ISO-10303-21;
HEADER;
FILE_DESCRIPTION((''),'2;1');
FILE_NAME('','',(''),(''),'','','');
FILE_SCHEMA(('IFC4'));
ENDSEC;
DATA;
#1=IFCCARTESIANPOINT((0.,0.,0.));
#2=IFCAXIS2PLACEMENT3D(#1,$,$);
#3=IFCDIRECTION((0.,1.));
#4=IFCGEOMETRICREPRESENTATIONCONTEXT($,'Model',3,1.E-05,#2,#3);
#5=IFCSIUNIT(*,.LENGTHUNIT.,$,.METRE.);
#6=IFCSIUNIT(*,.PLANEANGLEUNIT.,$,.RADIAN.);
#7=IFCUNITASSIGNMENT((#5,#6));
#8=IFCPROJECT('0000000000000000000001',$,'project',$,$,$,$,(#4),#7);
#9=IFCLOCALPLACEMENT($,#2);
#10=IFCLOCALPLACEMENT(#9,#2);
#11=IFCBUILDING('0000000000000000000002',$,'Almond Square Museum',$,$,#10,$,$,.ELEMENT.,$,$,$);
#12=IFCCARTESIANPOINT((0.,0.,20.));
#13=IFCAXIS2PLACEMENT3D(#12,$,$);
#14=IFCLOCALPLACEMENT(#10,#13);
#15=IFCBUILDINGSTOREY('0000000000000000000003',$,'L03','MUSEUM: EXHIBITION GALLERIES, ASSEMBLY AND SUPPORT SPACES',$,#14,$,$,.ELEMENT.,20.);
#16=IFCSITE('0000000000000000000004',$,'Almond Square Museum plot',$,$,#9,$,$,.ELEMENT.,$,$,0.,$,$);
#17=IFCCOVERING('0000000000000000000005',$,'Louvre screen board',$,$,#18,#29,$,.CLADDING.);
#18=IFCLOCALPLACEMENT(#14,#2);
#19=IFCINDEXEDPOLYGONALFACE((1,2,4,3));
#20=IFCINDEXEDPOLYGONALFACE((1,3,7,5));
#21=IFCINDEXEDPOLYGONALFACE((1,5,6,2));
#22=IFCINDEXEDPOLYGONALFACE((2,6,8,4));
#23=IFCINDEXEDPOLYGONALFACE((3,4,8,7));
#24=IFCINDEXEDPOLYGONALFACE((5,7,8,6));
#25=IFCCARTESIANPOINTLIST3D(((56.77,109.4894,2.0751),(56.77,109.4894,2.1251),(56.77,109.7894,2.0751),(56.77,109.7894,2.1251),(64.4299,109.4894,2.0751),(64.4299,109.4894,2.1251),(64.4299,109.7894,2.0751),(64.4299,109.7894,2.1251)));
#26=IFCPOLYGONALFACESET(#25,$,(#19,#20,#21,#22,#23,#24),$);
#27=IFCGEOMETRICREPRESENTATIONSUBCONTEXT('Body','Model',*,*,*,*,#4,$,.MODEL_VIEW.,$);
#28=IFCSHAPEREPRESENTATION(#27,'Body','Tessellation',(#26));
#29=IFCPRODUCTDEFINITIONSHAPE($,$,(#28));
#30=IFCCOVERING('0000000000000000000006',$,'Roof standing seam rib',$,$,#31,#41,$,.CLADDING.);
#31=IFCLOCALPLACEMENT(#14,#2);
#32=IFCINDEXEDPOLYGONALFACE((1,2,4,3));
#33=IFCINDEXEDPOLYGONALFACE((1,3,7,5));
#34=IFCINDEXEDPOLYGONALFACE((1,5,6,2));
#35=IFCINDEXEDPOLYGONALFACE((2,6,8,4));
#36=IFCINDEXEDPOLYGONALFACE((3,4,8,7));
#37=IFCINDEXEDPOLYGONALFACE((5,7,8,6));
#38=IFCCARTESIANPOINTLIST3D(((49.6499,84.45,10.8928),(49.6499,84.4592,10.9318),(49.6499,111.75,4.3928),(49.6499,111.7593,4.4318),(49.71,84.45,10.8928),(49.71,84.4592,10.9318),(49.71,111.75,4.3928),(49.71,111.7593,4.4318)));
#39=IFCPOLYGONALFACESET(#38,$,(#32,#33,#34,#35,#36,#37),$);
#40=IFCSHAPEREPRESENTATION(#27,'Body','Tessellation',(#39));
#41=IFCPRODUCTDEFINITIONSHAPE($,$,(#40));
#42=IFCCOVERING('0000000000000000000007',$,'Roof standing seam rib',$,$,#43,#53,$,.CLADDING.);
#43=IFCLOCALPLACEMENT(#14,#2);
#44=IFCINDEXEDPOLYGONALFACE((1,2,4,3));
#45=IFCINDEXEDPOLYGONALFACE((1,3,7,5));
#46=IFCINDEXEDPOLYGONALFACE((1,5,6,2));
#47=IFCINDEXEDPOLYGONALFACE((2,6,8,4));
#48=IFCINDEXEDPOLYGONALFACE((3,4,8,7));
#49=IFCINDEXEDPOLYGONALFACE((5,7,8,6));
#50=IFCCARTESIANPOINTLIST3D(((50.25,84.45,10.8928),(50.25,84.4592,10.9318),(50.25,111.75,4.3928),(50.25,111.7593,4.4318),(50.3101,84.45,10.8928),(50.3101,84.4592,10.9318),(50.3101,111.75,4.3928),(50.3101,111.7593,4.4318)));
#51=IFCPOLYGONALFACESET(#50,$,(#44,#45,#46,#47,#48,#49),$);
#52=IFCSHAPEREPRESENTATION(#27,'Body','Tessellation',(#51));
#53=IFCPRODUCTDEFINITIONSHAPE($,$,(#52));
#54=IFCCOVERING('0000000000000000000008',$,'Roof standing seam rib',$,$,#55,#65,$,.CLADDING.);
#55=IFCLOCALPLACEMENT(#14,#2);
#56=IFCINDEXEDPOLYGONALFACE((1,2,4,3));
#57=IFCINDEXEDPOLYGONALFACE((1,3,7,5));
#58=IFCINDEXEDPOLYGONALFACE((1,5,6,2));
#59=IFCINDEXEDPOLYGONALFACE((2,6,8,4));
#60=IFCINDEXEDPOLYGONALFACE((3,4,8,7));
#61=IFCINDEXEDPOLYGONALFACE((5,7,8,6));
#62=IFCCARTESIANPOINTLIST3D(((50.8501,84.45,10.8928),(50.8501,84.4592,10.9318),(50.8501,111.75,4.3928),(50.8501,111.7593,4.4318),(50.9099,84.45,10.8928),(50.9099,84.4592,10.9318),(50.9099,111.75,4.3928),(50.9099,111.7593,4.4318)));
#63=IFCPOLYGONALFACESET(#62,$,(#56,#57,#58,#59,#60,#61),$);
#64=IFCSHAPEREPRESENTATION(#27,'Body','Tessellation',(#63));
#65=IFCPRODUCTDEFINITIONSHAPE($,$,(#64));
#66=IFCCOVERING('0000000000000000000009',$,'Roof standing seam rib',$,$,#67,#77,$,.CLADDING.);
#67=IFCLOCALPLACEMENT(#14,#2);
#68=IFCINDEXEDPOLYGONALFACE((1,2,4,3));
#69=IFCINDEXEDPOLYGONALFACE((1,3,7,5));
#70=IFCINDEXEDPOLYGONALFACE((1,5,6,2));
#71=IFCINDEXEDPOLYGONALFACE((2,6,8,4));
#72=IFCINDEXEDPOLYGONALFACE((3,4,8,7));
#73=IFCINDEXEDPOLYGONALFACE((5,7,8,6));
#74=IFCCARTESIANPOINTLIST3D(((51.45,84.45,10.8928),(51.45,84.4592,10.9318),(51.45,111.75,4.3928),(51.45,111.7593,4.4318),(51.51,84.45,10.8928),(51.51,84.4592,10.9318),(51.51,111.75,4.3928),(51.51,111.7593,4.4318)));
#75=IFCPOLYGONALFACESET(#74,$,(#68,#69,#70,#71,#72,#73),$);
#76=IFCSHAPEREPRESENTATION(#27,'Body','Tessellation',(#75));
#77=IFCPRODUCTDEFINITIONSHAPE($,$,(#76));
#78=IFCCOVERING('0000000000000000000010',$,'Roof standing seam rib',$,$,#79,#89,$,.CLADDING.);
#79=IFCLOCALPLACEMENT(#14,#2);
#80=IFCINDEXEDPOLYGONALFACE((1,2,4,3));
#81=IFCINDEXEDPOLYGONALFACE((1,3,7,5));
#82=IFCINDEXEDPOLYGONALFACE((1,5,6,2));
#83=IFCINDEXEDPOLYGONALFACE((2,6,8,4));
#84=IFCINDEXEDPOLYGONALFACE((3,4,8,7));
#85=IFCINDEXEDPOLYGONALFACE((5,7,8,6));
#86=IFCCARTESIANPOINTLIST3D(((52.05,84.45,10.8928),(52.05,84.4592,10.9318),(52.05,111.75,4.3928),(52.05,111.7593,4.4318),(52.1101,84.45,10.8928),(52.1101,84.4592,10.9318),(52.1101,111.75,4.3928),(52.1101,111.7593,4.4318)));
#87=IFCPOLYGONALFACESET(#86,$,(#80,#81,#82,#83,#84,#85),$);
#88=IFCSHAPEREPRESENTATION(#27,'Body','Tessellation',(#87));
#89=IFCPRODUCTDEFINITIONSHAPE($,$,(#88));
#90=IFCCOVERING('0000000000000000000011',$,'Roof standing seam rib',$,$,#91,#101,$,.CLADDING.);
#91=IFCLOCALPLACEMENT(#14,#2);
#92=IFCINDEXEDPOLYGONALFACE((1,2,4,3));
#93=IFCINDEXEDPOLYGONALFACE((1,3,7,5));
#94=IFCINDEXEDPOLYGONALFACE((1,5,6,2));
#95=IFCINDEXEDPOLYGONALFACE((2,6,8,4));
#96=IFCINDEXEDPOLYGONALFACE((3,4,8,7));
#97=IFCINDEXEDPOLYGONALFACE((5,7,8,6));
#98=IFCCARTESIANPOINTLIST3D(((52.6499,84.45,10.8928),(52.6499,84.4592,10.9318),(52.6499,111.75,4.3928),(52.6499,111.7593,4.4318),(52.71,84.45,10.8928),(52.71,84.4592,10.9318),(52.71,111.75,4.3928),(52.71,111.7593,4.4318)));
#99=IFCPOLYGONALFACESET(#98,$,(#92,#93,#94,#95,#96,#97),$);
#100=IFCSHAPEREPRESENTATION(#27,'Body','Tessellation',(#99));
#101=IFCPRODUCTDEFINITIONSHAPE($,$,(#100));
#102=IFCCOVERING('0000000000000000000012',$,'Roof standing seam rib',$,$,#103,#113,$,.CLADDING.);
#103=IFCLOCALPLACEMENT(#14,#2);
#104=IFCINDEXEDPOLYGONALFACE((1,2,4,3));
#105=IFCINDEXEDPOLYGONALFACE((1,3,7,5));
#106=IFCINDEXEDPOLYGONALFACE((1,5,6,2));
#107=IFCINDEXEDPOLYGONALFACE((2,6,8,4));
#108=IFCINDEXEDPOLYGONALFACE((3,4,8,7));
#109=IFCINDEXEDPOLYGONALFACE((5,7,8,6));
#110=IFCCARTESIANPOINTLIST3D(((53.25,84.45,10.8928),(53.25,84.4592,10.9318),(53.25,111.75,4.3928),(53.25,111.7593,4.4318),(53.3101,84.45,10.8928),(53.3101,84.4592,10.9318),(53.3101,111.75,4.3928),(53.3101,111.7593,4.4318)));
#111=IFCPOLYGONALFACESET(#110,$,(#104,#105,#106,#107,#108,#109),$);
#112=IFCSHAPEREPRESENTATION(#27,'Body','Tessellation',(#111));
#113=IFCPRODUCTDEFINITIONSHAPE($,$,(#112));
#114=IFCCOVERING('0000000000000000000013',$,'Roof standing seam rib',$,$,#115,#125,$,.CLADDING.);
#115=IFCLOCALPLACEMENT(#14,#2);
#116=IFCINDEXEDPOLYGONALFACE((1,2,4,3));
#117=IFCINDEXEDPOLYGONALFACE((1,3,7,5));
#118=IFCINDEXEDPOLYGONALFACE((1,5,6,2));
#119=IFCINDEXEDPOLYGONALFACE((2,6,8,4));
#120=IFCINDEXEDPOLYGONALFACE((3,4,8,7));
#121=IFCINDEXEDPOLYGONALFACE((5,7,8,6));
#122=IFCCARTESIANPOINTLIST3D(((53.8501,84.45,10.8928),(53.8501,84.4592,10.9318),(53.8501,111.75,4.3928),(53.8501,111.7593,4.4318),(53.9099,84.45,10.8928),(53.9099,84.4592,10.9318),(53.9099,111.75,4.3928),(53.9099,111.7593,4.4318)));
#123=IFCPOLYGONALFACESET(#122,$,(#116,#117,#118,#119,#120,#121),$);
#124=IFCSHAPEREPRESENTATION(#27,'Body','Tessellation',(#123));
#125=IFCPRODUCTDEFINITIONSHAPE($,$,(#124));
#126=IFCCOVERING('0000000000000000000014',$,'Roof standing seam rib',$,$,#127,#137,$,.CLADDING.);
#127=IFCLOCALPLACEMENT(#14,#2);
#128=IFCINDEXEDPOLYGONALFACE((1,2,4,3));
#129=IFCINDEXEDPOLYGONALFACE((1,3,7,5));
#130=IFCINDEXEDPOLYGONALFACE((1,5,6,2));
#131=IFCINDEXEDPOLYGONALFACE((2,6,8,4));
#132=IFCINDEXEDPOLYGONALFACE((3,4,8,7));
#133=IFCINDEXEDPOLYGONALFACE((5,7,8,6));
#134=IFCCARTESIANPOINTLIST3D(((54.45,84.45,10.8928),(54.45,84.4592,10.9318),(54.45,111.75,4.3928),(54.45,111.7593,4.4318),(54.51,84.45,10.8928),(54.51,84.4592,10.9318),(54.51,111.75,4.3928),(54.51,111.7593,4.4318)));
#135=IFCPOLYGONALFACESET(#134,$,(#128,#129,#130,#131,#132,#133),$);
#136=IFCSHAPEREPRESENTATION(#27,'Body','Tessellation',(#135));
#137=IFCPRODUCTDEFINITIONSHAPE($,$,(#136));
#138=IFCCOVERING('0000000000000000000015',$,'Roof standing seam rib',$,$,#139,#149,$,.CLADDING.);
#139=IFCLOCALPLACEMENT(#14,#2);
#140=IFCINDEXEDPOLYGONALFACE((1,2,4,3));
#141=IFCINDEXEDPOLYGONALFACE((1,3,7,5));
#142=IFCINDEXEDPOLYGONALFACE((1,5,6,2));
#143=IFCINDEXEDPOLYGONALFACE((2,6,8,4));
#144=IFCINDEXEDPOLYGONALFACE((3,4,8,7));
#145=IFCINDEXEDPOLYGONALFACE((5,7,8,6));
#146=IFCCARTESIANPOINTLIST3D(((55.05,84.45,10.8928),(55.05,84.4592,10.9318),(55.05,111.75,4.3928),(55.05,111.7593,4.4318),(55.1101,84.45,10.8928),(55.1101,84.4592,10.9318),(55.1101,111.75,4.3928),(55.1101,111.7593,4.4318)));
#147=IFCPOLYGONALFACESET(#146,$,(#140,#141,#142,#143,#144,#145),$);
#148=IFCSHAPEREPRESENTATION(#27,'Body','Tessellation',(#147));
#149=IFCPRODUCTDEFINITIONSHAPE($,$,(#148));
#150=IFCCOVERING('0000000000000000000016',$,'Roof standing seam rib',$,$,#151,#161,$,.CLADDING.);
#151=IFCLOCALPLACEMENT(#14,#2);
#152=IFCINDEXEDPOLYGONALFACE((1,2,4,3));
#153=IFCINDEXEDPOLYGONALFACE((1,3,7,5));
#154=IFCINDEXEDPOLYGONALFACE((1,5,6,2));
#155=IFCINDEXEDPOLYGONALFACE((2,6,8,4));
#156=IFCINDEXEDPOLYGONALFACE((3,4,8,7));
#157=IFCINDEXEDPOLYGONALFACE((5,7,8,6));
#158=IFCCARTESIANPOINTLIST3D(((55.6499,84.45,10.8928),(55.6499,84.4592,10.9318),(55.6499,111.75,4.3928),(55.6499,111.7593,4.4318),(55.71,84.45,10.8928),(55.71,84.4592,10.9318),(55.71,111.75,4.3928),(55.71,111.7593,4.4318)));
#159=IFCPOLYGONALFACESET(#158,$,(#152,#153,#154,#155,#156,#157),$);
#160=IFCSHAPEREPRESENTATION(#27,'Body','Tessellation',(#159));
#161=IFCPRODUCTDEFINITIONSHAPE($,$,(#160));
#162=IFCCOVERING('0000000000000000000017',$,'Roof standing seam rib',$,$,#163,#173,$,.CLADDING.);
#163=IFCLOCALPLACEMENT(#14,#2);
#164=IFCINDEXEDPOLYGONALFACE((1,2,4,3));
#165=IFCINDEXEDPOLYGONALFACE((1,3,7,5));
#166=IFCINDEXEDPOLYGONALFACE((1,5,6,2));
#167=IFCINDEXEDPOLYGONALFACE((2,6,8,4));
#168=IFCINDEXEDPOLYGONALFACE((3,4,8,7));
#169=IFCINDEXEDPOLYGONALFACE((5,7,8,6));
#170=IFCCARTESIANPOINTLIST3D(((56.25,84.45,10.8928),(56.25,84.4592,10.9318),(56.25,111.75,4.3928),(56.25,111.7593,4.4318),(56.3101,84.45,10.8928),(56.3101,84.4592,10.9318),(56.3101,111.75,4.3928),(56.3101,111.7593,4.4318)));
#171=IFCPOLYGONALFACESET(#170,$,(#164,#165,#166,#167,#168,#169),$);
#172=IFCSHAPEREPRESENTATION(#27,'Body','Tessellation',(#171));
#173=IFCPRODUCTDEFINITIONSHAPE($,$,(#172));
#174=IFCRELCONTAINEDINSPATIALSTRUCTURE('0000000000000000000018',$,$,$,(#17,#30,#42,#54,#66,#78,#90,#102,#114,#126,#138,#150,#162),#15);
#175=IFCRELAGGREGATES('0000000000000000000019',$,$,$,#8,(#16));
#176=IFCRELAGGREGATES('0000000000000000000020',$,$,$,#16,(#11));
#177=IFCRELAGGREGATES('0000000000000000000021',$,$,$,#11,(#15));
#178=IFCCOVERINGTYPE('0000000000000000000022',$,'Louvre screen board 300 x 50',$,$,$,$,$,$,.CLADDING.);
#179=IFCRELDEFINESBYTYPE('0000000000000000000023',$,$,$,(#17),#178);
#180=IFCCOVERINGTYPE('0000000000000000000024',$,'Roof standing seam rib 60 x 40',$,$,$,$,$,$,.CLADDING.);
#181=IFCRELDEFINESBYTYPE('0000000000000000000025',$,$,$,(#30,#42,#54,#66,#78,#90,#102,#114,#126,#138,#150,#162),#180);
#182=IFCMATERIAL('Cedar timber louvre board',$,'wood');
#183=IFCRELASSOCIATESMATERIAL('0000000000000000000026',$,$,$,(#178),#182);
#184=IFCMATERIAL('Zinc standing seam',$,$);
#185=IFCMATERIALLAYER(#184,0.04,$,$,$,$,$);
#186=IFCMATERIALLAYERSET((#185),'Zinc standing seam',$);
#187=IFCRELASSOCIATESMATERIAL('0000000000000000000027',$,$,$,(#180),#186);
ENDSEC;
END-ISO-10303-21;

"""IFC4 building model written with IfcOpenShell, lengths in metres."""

from ifc_helpers import new_model, si_unit, direction, frame, origin, origin_2d, place, context, subcontext, project, spatial, polyline, rectangle, outline, extrude, material, layer, layer_set, material_profile, profile_set, type_object, element, save


model = new_model("IFC4")

# Units and contexts
model_context = context("Model", 3, precision=1e-05, world=origin(), true_north=direction((0.0, 1.0)))
body_context = subcontext(model_context, "Body", "Model", "MODEL_VIEW")
ifc_project = project(units=[si_unit("LENGTHUNIT", "METRE"), si_unit("PLANEANGLEUNIT", "RADIAN")], contexts=[model_context])

# Site, building, storey
site_placement = place(None, origin())
site = spatial("IfcSite", under=ifc_project, at=site_placement, Name="Almond Square Museum plot", CompositionType="ELEMENT", RefElevation=0.0)
building_placement = place(site_placement, origin())
building = spatial("IfcBuilding", under=site, at=building_placement, Name="Almond Square Museum", CompositionType="ELEMENT")
storey_placement = place(building_placement, frame((0.0, 0.0, 20.0)))
storey = spatial("IfcBuildingStorey", under=building, at=storey_placement, Name="L03", Description="MUSEUM: EXHIBITION GALLERIES, ASSEMBLY AND SUPPORT SPACES", CompositionType="ELEMENT", Elevation=20.0)

# Coverings
ifc_material_1 = material(Name="Cedar timber louvre board", Category="wood")
ifc_material_profile_1 = material_profile(ifc_material_1, rectangle(XDim=0.3, YDim=0.05, at=origin_2d()))
ifc_profile_set_1 = profile_set([ifc_material_profile_1], Name="Cedar timber louvre board")
covering_type_1 = type_object("IfcCoveringType", Name="Louvre screen board 300 x 50", PredefinedType="CLADDING", material=ifc_profile_set_1)
for number, where, z_axis, x_axis, name in (
    (1, (56.77, 109.6394, 2.1001), (1.0, 0.0, 0.0), (0.0, 1.0, 0.0), "Louvre screen board"),
):
    element("IfcCovering", number, at=place(storey_placement, frame(where, z_axis=z_axis, x_axis=x_axis)), inside=storey, type_object=covering_type_1, Name=name, PredefinedType="CLADDING", context=body_context, shape_type="SweptSolid", body=[
        extrude(rectangle(XDim=0.3, YDim=0.05, at=origin_2d()), origin(), (0.0, 0.0, 1.0), 7.6599),
    ])
ifc_material_2 = material(Name="Zinc standing seam")
ifc_layer = layer(ifc_material_2, 0.04)
ifc_layer_set = layer_set([ifc_layer], Name="Zinc standing seam")
covering_type_2 = type_object("IfcCoveringType", Name="Roof standing seam rib 60 x 40", PredefinedType="CLADDING", material=ifc_layer_set)
for number, where, z_axis, x_axis, name in (
    (2, (49.71, 111.75, 4.3928), (0.0, 0.23162, 0.972806), (-1.0, 0.0, 0.0), "Roof standing seam rib"),
    (3, (50.3101, 111.75, 4.3928), (0.0, 0.23162, 0.972806), (-1.0, 0.0, 0.0), "Roof standing seam rib"),
):
    element("IfcCovering", number, at=place(storey_placement, frame(where, z_axis=z_axis, x_axis=x_axis)), inside=storey, type_object=covering_type_2, Name=name, PredefinedType="CLADDING", context=body_context, shape_type="SweptSolid", body=[
        extrude(outline(polyline([(0.0, 0.0), (0.0601, 0.0), (0.0601, 28.0632), (0.0, 28.0632), (0.0, 0.0)])), origin(), (0.0, 0.0, 1.0), 0.04),
    ])
covering_1_placement = place(storey_placement, frame((50.9099, 111.75, 4.3928), z_axis=(0.0, 0.23162, 0.972806), x_axis=(-1.0, 0.0, 0.0)))
element("IfcCovering", 4, at=covering_1_placement, inside=storey, type_object=covering_type_2, Name="Roof standing seam rib", PredefinedType="CLADDING", context=body_context, shape_type="SweptSolid", body=[
    extrude(outline(polyline([(0.0, 0.0), (0.0598, 0.0), (0.0598, 28.0632), (0.0, 28.0632), (0.0, 0.0)])), origin(), (0.0, 0.0, 1.0), 0.04),
])
for number, where, z_axis, x_axis, name in (
    (5, (51.51, 111.75, 4.3928), (0.0, 0.23162, 0.972806), (-1.0, 0.0, 0.0), "Roof standing seam rib"),
    (6, (52.1101, 111.75, 4.3928), (0.0, 0.23162, 0.972806), (-1.0, 0.0, 0.0), "Roof standing seam rib"),
    (7, (52.71, 111.75, 4.3928), (0.0, 0.23162, 0.972806), (-1.0, 0.0, 0.0), "Roof standing seam rib"),
    (8, (53.3101, 111.75, 4.3928), (0.0, 0.23162, 0.972806), (-1.0, 0.0, 0.0), "Roof standing seam rib"),
):
    element("IfcCovering", number, at=place(storey_placement, frame(where, z_axis=z_axis, x_axis=x_axis)), inside=storey, type_object=covering_type_2, Name=name, PredefinedType="CLADDING", context=body_context, shape_type="SweptSolid", body=[
        extrude(outline(polyline([(0.0, 0.0), (0.0601, 0.0), (0.0601, 28.0632), (0.0, 28.0632), (0.0, 0.0)])), origin(), (0.0, 0.0, 1.0), 0.04),
    ])
covering_2_placement = place(storey_placement, frame((53.9099, 111.75, 4.3928), z_axis=(0.0, 0.23162, 0.972806), x_axis=(-1.0, 0.0, 0.0)))
element("IfcCovering", 9, at=covering_2_placement, inside=storey, type_object=covering_type_2, Name="Roof standing seam rib", PredefinedType="CLADDING", context=body_context, shape_type="SweptSolid", body=[
    extrude(outline(polyline([(0.0, 0.0), (0.0598, 0.0), (0.0598, 28.0632), (0.0, 28.0632), (0.0, 0.0)])), origin(), (0.0, 0.0, 1.0), 0.04),
])
for number, where, z_axis, x_axis, name in (
    (10, (54.51, 111.75, 4.3928), (0.0, 0.23162, 0.972806), (-1.0, 0.0, 0.0), "Roof standing seam rib"),
    (11, (55.1101, 111.75, 4.3928), (0.0, 0.23162, 0.972806), (-1.0, 0.0, 0.0), "Roof standing seam rib"),
    (12, (55.71, 111.75, 4.3928), (0.0, 0.23162, 0.972806), (-1.0, 0.0, 0.0), "Roof standing seam rib"),
    (13, (56.3101, 111.75, 4.3928), (0.0, 0.23162, 0.972806), (-1.0, 0.0, 0.0), "Roof standing seam rib"),
):
    element("IfcCovering", number, at=place(storey_placement, frame(where, z_axis=z_axis, x_axis=x_axis)), inside=storey, type_object=covering_type_2, Name=name, PredefinedType="CLADDING", context=body_context, shape_type="SweptSolid", body=[
        extrude(outline(polyline([(0.0, 0.0), (0.0601, 0.0), (0.0601, 28.0632), (0.0, 28.0632), (0.0, 0.0)])), origin(), (0.0, 0.0, 1.0), 0.04),
    ])

save(model, "model.ifc")
